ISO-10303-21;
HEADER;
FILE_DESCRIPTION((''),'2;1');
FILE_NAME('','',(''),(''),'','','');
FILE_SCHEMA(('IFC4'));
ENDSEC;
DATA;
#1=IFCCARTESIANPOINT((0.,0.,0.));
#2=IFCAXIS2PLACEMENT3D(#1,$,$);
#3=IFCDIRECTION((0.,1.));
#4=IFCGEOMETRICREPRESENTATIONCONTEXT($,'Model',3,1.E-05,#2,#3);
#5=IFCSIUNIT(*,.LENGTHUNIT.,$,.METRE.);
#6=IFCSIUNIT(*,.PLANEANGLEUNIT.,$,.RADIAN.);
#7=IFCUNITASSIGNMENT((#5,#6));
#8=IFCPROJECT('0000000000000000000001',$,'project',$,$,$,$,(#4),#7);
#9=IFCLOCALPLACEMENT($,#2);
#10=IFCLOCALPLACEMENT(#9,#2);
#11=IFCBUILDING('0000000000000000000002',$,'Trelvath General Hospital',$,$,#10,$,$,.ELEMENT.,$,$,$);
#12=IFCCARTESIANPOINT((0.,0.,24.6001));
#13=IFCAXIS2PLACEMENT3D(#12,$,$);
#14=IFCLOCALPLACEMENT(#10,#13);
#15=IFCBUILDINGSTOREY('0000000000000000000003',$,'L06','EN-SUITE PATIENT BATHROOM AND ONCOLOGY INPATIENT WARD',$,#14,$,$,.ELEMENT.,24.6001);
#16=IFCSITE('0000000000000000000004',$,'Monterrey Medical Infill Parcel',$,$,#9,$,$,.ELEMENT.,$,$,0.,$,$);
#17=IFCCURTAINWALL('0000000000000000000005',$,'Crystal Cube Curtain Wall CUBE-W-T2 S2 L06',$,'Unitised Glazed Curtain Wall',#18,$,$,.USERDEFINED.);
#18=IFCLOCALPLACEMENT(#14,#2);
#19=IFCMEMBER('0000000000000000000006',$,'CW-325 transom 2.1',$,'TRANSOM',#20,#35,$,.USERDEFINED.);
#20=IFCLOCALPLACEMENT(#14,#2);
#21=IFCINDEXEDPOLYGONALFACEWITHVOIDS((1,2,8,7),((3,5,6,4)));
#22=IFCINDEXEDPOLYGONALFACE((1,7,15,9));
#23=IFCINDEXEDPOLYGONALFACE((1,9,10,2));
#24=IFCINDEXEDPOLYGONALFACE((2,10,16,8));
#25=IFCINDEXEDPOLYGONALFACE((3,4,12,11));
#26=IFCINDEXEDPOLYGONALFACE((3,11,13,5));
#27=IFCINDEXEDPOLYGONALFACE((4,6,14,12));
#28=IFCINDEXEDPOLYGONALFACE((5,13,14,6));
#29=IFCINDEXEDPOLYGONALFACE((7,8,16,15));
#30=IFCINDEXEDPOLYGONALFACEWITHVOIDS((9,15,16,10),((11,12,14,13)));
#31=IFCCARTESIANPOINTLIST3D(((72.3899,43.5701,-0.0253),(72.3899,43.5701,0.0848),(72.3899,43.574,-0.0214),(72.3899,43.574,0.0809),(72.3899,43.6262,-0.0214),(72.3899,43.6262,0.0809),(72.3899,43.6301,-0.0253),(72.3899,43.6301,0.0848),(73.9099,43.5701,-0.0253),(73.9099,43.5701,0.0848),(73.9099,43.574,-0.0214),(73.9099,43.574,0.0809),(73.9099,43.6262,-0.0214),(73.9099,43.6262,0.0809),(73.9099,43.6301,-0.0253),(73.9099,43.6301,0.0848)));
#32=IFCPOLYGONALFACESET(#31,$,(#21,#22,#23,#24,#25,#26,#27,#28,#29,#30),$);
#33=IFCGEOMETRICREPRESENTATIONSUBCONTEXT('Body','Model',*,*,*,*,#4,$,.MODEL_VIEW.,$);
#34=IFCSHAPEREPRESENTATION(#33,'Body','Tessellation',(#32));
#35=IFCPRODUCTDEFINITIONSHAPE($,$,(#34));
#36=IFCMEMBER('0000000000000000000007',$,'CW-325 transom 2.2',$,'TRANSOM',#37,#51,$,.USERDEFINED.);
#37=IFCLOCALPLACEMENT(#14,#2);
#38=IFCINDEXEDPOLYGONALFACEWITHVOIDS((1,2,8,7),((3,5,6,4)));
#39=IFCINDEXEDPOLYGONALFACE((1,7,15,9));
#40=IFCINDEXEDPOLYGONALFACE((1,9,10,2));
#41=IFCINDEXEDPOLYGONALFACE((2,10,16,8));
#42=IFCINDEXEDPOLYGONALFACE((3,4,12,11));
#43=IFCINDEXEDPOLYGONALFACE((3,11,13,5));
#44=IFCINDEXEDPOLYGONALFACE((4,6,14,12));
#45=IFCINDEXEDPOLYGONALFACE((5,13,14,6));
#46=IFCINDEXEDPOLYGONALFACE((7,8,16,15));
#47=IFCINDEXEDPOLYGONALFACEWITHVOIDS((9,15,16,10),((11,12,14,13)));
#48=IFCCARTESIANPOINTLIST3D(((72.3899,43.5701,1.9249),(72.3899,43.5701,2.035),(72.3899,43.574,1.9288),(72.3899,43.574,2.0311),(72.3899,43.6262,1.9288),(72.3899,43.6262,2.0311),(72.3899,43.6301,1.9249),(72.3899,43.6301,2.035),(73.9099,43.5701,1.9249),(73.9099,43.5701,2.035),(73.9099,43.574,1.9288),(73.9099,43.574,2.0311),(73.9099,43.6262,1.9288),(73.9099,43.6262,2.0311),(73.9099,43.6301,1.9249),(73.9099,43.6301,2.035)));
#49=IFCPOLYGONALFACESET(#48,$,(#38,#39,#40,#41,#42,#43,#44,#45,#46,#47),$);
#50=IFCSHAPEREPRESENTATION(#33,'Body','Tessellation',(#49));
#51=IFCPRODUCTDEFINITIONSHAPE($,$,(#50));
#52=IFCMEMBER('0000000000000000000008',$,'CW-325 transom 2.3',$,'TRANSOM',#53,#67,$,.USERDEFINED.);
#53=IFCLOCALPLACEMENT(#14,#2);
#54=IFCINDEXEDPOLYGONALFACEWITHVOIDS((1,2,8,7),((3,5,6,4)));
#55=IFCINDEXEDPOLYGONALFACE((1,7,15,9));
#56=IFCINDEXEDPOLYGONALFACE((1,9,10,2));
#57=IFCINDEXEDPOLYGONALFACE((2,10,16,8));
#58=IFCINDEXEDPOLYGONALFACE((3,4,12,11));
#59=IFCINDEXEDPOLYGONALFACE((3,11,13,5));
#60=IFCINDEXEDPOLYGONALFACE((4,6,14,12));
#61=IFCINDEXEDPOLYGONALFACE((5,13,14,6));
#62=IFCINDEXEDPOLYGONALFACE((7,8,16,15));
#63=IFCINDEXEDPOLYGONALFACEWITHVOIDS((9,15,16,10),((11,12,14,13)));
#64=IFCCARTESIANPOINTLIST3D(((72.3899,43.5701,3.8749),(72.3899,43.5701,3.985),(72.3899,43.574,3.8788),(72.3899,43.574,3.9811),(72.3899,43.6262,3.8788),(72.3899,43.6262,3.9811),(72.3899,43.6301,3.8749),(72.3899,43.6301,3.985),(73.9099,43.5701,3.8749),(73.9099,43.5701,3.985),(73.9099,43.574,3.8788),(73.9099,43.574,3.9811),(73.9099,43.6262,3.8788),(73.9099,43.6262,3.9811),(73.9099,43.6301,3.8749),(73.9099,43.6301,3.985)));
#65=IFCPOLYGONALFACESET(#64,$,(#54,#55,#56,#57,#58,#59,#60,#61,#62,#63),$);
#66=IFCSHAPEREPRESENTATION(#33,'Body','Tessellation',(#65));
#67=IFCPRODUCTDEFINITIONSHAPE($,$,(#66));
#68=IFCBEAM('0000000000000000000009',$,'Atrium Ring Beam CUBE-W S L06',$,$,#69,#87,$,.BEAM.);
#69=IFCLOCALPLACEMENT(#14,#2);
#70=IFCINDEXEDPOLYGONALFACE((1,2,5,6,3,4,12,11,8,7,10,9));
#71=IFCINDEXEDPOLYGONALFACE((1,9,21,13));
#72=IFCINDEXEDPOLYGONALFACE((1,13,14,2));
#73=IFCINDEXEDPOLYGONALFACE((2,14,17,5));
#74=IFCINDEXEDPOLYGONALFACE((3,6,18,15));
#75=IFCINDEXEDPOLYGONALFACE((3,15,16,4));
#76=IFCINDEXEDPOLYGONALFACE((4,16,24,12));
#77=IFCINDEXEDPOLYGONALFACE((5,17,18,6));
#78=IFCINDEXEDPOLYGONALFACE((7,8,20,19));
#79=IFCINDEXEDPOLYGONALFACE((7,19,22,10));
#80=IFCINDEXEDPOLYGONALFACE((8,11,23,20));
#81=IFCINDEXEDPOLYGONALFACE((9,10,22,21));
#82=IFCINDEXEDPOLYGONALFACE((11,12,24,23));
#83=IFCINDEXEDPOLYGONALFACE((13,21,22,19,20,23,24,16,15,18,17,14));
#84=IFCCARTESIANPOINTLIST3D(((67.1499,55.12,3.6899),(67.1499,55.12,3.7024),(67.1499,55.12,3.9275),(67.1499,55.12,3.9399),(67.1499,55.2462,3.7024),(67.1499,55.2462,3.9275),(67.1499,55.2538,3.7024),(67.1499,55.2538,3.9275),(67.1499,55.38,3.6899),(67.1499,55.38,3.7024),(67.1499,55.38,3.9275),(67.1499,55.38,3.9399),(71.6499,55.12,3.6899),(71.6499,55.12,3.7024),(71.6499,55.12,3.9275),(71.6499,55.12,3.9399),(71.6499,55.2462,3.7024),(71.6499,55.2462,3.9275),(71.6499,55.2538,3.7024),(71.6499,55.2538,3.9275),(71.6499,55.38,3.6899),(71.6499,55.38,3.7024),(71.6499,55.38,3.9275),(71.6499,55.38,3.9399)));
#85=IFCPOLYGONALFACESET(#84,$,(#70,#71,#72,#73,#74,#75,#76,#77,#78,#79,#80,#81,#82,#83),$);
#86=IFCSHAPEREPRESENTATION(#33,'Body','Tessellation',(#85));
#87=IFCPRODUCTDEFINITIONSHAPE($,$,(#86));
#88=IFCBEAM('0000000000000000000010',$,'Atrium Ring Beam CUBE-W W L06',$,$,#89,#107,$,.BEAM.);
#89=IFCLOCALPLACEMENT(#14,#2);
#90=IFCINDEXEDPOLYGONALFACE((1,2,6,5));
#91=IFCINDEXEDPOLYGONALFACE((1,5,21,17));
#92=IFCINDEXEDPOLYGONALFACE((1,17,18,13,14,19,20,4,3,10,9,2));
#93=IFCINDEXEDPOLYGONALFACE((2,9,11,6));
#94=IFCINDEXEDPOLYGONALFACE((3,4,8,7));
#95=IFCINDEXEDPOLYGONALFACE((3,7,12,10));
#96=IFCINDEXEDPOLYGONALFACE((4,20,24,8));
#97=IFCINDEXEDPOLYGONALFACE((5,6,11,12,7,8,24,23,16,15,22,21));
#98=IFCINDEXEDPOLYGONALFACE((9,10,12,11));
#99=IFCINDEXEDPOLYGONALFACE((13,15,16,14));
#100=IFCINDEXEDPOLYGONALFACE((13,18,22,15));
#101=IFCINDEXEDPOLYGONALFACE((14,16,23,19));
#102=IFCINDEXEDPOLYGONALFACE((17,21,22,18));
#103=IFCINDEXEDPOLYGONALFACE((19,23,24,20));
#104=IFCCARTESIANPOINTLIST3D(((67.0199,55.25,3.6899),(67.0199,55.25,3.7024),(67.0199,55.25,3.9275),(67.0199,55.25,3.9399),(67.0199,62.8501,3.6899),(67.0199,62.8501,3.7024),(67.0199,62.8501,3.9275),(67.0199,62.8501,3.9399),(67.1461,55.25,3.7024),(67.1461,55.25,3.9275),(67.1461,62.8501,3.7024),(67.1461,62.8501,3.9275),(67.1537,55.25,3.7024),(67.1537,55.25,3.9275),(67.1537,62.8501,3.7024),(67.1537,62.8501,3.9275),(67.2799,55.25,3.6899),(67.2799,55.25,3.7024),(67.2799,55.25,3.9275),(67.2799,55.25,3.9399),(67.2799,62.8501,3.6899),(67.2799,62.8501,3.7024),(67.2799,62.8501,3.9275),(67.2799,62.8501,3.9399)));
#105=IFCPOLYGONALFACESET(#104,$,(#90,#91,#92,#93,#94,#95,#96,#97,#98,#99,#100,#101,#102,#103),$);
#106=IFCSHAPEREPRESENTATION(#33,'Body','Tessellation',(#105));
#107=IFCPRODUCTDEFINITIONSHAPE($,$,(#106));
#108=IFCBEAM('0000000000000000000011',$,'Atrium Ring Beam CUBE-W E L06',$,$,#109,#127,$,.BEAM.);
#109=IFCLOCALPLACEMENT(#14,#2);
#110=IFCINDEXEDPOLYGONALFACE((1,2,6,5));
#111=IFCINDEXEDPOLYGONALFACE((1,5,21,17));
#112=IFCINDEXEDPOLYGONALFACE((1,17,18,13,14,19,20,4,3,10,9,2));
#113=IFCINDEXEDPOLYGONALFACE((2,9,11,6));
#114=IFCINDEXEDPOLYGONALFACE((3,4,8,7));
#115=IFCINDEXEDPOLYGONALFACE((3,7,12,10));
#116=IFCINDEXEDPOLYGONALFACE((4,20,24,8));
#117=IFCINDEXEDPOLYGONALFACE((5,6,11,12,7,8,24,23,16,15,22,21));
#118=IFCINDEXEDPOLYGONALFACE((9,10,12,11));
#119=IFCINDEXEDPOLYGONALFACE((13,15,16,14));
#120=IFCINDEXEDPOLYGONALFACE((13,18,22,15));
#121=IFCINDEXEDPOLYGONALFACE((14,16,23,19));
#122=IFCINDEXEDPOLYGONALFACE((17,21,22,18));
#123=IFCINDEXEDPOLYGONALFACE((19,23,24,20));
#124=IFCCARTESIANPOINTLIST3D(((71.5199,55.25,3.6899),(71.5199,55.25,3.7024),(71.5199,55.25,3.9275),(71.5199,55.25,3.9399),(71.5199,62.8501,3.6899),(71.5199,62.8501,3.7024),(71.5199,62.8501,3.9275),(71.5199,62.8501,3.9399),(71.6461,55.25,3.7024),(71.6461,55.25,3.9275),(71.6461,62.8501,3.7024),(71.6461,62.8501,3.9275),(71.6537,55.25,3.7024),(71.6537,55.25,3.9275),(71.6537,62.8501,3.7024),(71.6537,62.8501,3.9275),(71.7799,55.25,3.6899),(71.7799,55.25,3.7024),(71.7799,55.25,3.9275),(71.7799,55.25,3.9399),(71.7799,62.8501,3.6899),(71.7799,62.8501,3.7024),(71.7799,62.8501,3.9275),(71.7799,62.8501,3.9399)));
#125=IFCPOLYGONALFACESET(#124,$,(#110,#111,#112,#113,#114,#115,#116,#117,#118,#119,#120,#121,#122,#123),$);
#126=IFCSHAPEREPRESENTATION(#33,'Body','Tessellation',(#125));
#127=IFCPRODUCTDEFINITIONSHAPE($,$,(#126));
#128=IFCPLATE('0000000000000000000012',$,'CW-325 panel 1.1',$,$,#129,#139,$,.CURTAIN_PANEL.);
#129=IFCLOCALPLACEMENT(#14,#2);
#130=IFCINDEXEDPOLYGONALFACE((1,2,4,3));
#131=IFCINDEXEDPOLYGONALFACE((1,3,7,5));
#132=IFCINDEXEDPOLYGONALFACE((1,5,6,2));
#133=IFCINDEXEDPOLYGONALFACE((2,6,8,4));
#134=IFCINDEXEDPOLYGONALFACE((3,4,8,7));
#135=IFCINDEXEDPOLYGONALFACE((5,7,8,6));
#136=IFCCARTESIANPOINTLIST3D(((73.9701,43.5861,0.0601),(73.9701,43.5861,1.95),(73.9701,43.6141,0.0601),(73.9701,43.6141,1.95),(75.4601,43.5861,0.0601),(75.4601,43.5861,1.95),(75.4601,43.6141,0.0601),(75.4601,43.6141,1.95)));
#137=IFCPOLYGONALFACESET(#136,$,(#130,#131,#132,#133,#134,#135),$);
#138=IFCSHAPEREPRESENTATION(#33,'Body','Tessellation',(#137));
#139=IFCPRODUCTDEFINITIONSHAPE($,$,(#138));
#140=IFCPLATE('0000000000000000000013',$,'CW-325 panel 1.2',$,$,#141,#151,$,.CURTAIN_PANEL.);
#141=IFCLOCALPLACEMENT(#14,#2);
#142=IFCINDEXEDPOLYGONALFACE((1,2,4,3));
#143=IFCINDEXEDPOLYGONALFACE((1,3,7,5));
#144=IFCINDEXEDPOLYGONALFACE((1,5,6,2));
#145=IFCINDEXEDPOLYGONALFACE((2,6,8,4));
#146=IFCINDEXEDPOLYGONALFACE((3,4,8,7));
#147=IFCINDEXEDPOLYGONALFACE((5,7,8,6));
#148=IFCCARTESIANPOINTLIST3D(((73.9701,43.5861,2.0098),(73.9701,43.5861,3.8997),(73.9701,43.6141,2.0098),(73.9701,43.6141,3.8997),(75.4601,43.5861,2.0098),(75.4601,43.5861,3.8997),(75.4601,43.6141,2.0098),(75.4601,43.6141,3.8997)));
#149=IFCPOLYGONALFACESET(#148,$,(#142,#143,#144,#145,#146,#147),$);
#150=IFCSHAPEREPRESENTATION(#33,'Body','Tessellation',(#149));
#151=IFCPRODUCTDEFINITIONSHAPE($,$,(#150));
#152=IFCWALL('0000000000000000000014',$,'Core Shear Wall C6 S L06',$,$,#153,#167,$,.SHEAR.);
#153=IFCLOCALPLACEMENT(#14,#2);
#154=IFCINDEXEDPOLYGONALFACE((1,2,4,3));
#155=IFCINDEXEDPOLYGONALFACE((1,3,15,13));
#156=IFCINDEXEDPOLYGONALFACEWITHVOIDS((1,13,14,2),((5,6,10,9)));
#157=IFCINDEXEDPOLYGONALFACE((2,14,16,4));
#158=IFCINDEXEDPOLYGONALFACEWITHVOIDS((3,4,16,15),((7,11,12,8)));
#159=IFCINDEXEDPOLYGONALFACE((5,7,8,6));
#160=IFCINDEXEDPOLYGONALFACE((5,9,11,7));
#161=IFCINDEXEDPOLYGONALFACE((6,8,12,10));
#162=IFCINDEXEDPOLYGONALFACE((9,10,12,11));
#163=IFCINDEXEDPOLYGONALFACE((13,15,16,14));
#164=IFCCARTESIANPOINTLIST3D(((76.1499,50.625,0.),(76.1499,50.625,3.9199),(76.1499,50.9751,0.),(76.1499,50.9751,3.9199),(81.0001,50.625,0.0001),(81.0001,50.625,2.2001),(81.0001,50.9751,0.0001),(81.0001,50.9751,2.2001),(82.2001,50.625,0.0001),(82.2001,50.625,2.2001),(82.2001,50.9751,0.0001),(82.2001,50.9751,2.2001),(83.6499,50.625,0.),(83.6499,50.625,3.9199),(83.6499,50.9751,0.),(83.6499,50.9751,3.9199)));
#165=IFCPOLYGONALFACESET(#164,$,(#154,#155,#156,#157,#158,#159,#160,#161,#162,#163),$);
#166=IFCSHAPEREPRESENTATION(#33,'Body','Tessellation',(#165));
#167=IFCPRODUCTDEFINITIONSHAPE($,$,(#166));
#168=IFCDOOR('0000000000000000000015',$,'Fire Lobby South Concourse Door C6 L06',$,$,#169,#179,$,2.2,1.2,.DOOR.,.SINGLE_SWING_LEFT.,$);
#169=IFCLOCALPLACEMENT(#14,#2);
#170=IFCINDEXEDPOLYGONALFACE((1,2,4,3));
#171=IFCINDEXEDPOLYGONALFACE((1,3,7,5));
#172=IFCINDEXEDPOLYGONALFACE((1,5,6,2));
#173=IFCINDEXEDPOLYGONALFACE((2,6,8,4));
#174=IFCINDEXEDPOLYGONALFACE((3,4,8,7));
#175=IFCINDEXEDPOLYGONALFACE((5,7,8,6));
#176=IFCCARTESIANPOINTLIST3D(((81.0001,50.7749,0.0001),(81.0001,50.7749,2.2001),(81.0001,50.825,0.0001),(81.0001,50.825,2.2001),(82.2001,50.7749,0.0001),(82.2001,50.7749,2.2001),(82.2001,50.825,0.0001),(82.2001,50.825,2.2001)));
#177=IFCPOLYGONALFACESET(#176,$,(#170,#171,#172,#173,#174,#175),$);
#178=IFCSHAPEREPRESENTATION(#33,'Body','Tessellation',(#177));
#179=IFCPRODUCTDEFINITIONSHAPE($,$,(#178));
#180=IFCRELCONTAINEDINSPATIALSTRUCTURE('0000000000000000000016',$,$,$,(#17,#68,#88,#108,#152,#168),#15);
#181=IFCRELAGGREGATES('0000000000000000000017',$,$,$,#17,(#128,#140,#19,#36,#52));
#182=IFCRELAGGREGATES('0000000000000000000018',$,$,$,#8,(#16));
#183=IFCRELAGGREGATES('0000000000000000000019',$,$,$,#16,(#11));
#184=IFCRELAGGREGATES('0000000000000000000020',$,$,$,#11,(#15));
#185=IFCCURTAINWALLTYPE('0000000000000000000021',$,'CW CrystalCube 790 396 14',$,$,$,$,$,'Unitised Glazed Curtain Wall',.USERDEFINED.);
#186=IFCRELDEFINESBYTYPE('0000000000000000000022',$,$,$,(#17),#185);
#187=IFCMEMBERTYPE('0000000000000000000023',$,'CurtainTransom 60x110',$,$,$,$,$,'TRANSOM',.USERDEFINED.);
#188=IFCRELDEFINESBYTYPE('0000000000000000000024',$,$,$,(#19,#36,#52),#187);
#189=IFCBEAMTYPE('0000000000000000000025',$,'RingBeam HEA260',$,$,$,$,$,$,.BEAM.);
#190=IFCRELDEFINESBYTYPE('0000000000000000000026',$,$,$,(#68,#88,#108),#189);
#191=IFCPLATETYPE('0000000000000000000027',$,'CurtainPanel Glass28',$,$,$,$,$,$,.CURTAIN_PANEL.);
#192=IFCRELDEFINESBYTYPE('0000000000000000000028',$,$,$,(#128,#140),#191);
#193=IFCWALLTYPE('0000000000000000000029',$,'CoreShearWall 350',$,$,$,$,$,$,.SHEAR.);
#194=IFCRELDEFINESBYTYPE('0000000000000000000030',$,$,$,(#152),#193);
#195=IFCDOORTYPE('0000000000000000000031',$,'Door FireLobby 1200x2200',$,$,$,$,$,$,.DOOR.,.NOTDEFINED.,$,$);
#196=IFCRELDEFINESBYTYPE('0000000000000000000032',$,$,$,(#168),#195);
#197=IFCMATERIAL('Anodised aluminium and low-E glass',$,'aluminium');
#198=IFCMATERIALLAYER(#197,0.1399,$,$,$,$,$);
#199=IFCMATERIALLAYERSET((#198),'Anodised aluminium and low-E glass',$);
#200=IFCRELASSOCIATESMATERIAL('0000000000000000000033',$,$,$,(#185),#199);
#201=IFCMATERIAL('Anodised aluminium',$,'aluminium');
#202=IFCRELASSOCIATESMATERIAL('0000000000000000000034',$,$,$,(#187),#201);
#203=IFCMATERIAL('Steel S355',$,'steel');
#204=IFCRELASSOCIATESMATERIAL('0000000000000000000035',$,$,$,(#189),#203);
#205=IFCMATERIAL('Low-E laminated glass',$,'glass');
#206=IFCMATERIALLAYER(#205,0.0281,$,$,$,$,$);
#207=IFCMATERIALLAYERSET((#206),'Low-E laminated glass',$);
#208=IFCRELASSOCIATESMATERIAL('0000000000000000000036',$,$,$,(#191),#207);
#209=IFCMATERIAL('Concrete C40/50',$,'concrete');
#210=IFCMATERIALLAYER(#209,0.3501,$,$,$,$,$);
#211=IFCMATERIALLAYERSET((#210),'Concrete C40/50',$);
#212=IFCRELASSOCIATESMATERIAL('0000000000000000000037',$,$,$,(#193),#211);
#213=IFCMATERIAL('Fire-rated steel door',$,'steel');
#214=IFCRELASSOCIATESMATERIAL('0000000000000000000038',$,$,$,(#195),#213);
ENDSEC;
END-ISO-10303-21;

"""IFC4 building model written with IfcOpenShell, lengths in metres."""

from ifc_helpers import new_model, si_unit, direction, frame, frame_2d, origin, origin_2d, place, context, subcontext, project, spatial, rectangle, hollow_rectangle, i_section, extrude, material, layer, layer_set, material_profile, profile_set, type_object, element, fill, aggregate, save


model = new_model("IFC4")

# Units and contexts
model_context = context("Model", 3, precision=1e-05, world=origin(), true_north=direction((0.0, 1.0)))
body_context = subcontext(model_context, "Body", "Model", "MODEL_VIEW")
ifc_project = project(units=[si_unit("LENGTHUNIT", "METRE"), si_unit("PLANEANGLEUNIT", "RADIAN")], contexts=[model_context])

# Site, building, storey
site_placement = place(None, origin())
site = spatial("IfcSite", under=ifc_project, at=site_placement, Name="Monterrey Medical Infill Parcel", CompositionType="ELEMENT", RefElevation=0.0)
building_placement = place(site_placement, origin())
building = spatial("IfcBuilding", under=site, at=building_placement, Name="Trelvath General Hospital", CompositionType="ELEMENT")
storey_placement = place(building_placement, frame((0.0, 0.0, 24.6001)))
storey = spatial("IfcBuildingStorey", under=building, at=storey_placement, Name="L06", Description="EN-SUITE PATIENT BATHROOM AND ONCOLOGY INPATIENT WARD", CompositionType="ELEMENT", Elevation=24.6001)

# Curtain wall, members
ifc_material_1 = material(Name="Anodised aluminium and low-E glass", Category="aluminium")
ifc_layer_1 = layer(ifc_material_1, 0.1399)
ifc_layer_set_1 = layer_set([ifc_layer_1], Name="Anodised aluminium and low-E glass")
curtain_wall_type = type_object("IfcCurtainWallType", Name="CW CrystalCube 790 396 14", ElementType="Unitised Glazed Curtain Wall", PredefinedType="USERDEFINED", material=ifc_layer_set_1)
curtain_wall_placement = place(storey_placement, origin())
curtain_wall = element("IfcCurtainWall", 1, at=curtain_wall_placement, inside=storey, type_object=curtain_wall_type, Name="Crystal Cube Curtain Wall CUBE-W-T2 S2 L06", ObjectType="Unitised Glazed Curtain Wall", PredefinedType="USERDEFINED")
ifc_material_2 = material(Name="Anodised aluminium", Category="aluminium")
ifc_material_profile_1 = material_profile(ifc_material_2, hollow_rectangle(XDim=0.0601, YDim=0.1101, WallThickness=0.0039, at=origin_2d()), Name="RHS60x110x4")
ifc_profile_set_1 = profile_set([ifc_material_profile_1], Name="Anodised aluminium")
member_type_1 = type_object("IfcMemberType", Name="CurtainTransom 60x110", ElementType="TRANSOM", PredefinedType="USERDEFINED", material=ifc_profile_set_1)
member_1_placement = place(storey_placement, frame((73.9099, 43.6001, 0.0298), z_axis=(-1.0, 0.0, 0.0), x_axis=(0.0, -1.0, 0.0)))
member_1 = element("IfcMember", 2, at=member_1_placement, type_object=member_type_1, Name="CW-325 transom 2.1", ObjectType="TRANSOM", PredefinedType="USERDEFINED", context=body_context, shape_type="SweptSolid", body=[
    extrude(hollow_rectangle(XDim=0.0601, YDim=0.1101, WallThickness=0.0039, at=origin_2d()), origin(), (0.0, 0.0, 1.0), 1.52),
])
member_2_placement = place(storey_placement, frame((73.9099, 43.6001, 1.98), z_axis=(-1.0, 0.0, 0.0), x_axis=(0.0, -1.0, 0.0)))
member_2 = element("IfcMember", 3, at=member_2_placement, type_object=member_type_1, Name="CW-325 transom 2.2", ObjectType="TRANSOM", PredefinedType="USERDEFINED", context=body_context, shape_type="SweptSolid", body=[
    extrude(hollow_rectangle(XDim=0.0601, YDim=0.1101, WallThickness=0.0039, at=origin_2d()), origin(), (0.0, 0.0, 1.0), 1.52),
])
member_3_placement = place(storey_placement, frame((73.9099, 43.6001, 3.9299), z_axis=(-1.0, 0.0, 0.0), x_axis=(0.0, -1.0, 0.0)))
member_3 = element("IfcMember", 4, at=member_3_placement, type_object=member_type_1, Name="CW-325 transom 2.3", ObjectType="TRANSOM", PredefinedType="USERDEFINED", context=body_context, shape_type="SweptSolid", body=[
    extrude(hollow_rectangle(XDim=0.0601, YDim=0.1101, WallThickness=0.0039, at=origin_2d()), origin(), (0.0, 0.0, 1.0), 1.52),
])

# Beams
ifc_material_3 = material(Name="Steel S355", Category="steel")
ifc_material_profile_2 = material_profile(ifc_material_3, i_section(OverallWidth=0.26, OverallDepth=0.25, WebThickness=0.0076, FlangeThickness=0.0125, at=origin_2d()), Name="HEA260")
ifc_profile_set_2 = profile_set([ifc_material_profile_2], Name="Steel S355")
beam_type_1 = type_object("IfcBeamType", Name="RingBeam HEA260", PredefinedType="BEAM", material=ifc_profile_set_2)
beam_1_placement = place(storey_placement, frame((67.1499, 55.25, 3.8149), z_axis=(1.0, 0.0, 0.0), x_axis=(0.0, 1.0, 0.0)))
element("IfcBeam", 5, at=beam_1_placement, inside=storey, type_object=beam_type_1, Name="Atrium Ring Beam CUBE-W S L06", PredefinedType="BEAM", context=body_context, shape_type="SweptSolid", body=[
    extrude(i_section(OverallWidth=0.26, OverallDepth=0.25, WebThickness=0.0076, FlangeThickness=0.0125, at=origin_2d()), origin(), (0.0, 0.0, 1.0), 4.5),
])
for number, where, z_axis, x_axis, name in (
    (6, (67.1499, 55.25, 3.8149), (0.0, 1.0, 0.0), (-1.0, 0.0, 0.0), "Atrium Ring Beam CUBE-W W L06"),
    (7, (71.6499, 55.25, 3.8149), (0.0, 1.0, 0.0), (-1.0, 0.0, 0.0), "Atrium Ring Beam CUBE-W E L06"),
):
    element("IfcBeam", number, at=place(storey_placement, frame(where, z_axis=z_axis, x_axis=x_axis)), inside=storey, type_object=beam_type_1, Name=name, PredefinedType="BEAM", context=body_context, shape_type="SweptSolid", body=[
        extrude(i_section(OverallWidth=0.26, OverallDepth=0.25, WebThickness=0.0076, FlangeThickness=0.0125, at=origin_2d()), origin(), (0.0, 0.0, 1.0), 7.6001),
    ])

# Plates
ifc_material_4 = material(Name="Low-E laminated glass", Category="glass")
ifc_layer_2 = layer(ifc_material_4, 0.0281)
ifc_layer_set_2 = layer_set([ifc_layer_2], Name="Low-E laminated glass")
plate_type = type_object("IfcPlateType", Name="CurtainPanel Glass28", PredefinedType="CURTAIN_PANEL", material=ifc_layer_set_2)
plate_1_placement = place(storey_placement, frame((74.7151, 43.6001, 0.0601), z_axis=(0.0, 0.0, 1.0), x_axis=(-1.0, 0.0, 0.0)))
plate_1 = element("IfcPlate", 8, at=plate_1_placement, type_object=plate_type, Name="CW-325 panel 1.1", PredefinedType="CURTAIN_PANEL", context=body_context, shape_type="SweptSolid", body=[
    extrude(rectangle(XDim=1.49, YDim=0.0281, at=origin_2d()), origin(), (0.0, 0.0, 1.0), 1.8899),
])
plate_2_placement = place(storey_placement, frame((74.7151, 43.6001, 2.0098), z_axis=(0.0, 0.0, 1.0), x_axis=(-1.0, 0.0, 0.0)))
plate_2 = element("IfcPlate", 9, at=plate_2_placement, type_object=plate_type, Name="CW-325 panel 1.2", PredefinedType="CURTAIN_PANEL", context=body_context, shape_type="SweptSolid", body=[
    extrude(rectangle(XDim=1.49, YDim=0.0281, at=origin_2d()), origin(), (0.0, 0.0, 1.0), 1.8899),
])
aggregate(curtain_wall, [plate_1, plate_2, member_1, member_2, member_3])

# Wall, opening, door
ifc_material_5 = material(Name="Concrete C40/50", Category="concrete")
ifc_layer_3 = layer(ifc_material_5, 0.3501)
ifc_layer_set_3 = layer_set([ifc_layer_3], Name="Concrete C40/50")
wall_type_1 = type_object("IfcWallType", Name="CoreShearWall 350", PredefinedType="SHEAR", material=ifc_layer_set_3)
wall_1_placement = place(storey_placement, frame((76.1499, 50.8, 0.0), z_axis=(0.0, 0.0, 1.0), x_axis=(1.0, 0.0, 0.0)))
wall_1 = element("IfcWall", 10, at=wall_1_placement, inside=storey, type_object=wall_type_1, Name="Core Shear Wall C6 S L06", PredefinedType="SHEAR", context=body_context, shape_type="SweptSolid", body=[
    extrude(rectangle(XDim=7.5, YDim=0.3501, at=frame_2d((3.75, 0.0))), origin(), (0.0, 0.0, 1.0), 3.9199),
])
opening_1_placement = place(wall_1_placement, frame((4.8501, 0.0, 0.0)))
opening_1 = element("IfcOpeningElement", 11, at=opening_1_placement, cuts=wall_1, PredefinedType="OPENING", context=body_context, shape_type="SweptSolid", body=[
    extrude(rectangle(XDim=1.2, YDim=2.2, at=frame_2d((0.6001, 1.1001))), frame((0.0, 0.1851, 0.0), z_axis=(0.0, -1.0, 0.0), x_axis=(1.0, 0.0, 0.0)), (0.0, 0.0, 1.0), 0.3701),
])
ifc_material_6 = material(Name="Fire-rated steel door", Category="steel")
door_type_1 = type_object("IfcDoorType", Name="Door FireLobby 1200x2200", OperationType="NOTDEFINED", PredefinedType="DOOR", material=ifc_material_6)
door_1_placement = place(opening_1_placement, origin())
door_1 = element("IfcDoor", 12, at=door_1_placement, inside=storey, type_object=door_type_1, Name="Fire Lobby South Concourse Door C6 L06", OperationType="SINGLE_SWING_LEFT", OverallHeight=2.2, OverallWidth=1.2, PredefinedType="DOOR", context=body_context, shape_type="SweptSolid", body=[
    extrude(rectangle(XDim=1.2, YDim=2.2, at=frame_2d((0.6001, 1.1001))), frame((0.0, 0.0249, 0.0), z_axis=(0.0, -1.0, 0.0), x_axis=(1.0, 0.0, 0.0)), (0.0, 0.0, 1.0), 0.05),
])
fill(opening_1, door_1)

save(model, "model.ifc")
